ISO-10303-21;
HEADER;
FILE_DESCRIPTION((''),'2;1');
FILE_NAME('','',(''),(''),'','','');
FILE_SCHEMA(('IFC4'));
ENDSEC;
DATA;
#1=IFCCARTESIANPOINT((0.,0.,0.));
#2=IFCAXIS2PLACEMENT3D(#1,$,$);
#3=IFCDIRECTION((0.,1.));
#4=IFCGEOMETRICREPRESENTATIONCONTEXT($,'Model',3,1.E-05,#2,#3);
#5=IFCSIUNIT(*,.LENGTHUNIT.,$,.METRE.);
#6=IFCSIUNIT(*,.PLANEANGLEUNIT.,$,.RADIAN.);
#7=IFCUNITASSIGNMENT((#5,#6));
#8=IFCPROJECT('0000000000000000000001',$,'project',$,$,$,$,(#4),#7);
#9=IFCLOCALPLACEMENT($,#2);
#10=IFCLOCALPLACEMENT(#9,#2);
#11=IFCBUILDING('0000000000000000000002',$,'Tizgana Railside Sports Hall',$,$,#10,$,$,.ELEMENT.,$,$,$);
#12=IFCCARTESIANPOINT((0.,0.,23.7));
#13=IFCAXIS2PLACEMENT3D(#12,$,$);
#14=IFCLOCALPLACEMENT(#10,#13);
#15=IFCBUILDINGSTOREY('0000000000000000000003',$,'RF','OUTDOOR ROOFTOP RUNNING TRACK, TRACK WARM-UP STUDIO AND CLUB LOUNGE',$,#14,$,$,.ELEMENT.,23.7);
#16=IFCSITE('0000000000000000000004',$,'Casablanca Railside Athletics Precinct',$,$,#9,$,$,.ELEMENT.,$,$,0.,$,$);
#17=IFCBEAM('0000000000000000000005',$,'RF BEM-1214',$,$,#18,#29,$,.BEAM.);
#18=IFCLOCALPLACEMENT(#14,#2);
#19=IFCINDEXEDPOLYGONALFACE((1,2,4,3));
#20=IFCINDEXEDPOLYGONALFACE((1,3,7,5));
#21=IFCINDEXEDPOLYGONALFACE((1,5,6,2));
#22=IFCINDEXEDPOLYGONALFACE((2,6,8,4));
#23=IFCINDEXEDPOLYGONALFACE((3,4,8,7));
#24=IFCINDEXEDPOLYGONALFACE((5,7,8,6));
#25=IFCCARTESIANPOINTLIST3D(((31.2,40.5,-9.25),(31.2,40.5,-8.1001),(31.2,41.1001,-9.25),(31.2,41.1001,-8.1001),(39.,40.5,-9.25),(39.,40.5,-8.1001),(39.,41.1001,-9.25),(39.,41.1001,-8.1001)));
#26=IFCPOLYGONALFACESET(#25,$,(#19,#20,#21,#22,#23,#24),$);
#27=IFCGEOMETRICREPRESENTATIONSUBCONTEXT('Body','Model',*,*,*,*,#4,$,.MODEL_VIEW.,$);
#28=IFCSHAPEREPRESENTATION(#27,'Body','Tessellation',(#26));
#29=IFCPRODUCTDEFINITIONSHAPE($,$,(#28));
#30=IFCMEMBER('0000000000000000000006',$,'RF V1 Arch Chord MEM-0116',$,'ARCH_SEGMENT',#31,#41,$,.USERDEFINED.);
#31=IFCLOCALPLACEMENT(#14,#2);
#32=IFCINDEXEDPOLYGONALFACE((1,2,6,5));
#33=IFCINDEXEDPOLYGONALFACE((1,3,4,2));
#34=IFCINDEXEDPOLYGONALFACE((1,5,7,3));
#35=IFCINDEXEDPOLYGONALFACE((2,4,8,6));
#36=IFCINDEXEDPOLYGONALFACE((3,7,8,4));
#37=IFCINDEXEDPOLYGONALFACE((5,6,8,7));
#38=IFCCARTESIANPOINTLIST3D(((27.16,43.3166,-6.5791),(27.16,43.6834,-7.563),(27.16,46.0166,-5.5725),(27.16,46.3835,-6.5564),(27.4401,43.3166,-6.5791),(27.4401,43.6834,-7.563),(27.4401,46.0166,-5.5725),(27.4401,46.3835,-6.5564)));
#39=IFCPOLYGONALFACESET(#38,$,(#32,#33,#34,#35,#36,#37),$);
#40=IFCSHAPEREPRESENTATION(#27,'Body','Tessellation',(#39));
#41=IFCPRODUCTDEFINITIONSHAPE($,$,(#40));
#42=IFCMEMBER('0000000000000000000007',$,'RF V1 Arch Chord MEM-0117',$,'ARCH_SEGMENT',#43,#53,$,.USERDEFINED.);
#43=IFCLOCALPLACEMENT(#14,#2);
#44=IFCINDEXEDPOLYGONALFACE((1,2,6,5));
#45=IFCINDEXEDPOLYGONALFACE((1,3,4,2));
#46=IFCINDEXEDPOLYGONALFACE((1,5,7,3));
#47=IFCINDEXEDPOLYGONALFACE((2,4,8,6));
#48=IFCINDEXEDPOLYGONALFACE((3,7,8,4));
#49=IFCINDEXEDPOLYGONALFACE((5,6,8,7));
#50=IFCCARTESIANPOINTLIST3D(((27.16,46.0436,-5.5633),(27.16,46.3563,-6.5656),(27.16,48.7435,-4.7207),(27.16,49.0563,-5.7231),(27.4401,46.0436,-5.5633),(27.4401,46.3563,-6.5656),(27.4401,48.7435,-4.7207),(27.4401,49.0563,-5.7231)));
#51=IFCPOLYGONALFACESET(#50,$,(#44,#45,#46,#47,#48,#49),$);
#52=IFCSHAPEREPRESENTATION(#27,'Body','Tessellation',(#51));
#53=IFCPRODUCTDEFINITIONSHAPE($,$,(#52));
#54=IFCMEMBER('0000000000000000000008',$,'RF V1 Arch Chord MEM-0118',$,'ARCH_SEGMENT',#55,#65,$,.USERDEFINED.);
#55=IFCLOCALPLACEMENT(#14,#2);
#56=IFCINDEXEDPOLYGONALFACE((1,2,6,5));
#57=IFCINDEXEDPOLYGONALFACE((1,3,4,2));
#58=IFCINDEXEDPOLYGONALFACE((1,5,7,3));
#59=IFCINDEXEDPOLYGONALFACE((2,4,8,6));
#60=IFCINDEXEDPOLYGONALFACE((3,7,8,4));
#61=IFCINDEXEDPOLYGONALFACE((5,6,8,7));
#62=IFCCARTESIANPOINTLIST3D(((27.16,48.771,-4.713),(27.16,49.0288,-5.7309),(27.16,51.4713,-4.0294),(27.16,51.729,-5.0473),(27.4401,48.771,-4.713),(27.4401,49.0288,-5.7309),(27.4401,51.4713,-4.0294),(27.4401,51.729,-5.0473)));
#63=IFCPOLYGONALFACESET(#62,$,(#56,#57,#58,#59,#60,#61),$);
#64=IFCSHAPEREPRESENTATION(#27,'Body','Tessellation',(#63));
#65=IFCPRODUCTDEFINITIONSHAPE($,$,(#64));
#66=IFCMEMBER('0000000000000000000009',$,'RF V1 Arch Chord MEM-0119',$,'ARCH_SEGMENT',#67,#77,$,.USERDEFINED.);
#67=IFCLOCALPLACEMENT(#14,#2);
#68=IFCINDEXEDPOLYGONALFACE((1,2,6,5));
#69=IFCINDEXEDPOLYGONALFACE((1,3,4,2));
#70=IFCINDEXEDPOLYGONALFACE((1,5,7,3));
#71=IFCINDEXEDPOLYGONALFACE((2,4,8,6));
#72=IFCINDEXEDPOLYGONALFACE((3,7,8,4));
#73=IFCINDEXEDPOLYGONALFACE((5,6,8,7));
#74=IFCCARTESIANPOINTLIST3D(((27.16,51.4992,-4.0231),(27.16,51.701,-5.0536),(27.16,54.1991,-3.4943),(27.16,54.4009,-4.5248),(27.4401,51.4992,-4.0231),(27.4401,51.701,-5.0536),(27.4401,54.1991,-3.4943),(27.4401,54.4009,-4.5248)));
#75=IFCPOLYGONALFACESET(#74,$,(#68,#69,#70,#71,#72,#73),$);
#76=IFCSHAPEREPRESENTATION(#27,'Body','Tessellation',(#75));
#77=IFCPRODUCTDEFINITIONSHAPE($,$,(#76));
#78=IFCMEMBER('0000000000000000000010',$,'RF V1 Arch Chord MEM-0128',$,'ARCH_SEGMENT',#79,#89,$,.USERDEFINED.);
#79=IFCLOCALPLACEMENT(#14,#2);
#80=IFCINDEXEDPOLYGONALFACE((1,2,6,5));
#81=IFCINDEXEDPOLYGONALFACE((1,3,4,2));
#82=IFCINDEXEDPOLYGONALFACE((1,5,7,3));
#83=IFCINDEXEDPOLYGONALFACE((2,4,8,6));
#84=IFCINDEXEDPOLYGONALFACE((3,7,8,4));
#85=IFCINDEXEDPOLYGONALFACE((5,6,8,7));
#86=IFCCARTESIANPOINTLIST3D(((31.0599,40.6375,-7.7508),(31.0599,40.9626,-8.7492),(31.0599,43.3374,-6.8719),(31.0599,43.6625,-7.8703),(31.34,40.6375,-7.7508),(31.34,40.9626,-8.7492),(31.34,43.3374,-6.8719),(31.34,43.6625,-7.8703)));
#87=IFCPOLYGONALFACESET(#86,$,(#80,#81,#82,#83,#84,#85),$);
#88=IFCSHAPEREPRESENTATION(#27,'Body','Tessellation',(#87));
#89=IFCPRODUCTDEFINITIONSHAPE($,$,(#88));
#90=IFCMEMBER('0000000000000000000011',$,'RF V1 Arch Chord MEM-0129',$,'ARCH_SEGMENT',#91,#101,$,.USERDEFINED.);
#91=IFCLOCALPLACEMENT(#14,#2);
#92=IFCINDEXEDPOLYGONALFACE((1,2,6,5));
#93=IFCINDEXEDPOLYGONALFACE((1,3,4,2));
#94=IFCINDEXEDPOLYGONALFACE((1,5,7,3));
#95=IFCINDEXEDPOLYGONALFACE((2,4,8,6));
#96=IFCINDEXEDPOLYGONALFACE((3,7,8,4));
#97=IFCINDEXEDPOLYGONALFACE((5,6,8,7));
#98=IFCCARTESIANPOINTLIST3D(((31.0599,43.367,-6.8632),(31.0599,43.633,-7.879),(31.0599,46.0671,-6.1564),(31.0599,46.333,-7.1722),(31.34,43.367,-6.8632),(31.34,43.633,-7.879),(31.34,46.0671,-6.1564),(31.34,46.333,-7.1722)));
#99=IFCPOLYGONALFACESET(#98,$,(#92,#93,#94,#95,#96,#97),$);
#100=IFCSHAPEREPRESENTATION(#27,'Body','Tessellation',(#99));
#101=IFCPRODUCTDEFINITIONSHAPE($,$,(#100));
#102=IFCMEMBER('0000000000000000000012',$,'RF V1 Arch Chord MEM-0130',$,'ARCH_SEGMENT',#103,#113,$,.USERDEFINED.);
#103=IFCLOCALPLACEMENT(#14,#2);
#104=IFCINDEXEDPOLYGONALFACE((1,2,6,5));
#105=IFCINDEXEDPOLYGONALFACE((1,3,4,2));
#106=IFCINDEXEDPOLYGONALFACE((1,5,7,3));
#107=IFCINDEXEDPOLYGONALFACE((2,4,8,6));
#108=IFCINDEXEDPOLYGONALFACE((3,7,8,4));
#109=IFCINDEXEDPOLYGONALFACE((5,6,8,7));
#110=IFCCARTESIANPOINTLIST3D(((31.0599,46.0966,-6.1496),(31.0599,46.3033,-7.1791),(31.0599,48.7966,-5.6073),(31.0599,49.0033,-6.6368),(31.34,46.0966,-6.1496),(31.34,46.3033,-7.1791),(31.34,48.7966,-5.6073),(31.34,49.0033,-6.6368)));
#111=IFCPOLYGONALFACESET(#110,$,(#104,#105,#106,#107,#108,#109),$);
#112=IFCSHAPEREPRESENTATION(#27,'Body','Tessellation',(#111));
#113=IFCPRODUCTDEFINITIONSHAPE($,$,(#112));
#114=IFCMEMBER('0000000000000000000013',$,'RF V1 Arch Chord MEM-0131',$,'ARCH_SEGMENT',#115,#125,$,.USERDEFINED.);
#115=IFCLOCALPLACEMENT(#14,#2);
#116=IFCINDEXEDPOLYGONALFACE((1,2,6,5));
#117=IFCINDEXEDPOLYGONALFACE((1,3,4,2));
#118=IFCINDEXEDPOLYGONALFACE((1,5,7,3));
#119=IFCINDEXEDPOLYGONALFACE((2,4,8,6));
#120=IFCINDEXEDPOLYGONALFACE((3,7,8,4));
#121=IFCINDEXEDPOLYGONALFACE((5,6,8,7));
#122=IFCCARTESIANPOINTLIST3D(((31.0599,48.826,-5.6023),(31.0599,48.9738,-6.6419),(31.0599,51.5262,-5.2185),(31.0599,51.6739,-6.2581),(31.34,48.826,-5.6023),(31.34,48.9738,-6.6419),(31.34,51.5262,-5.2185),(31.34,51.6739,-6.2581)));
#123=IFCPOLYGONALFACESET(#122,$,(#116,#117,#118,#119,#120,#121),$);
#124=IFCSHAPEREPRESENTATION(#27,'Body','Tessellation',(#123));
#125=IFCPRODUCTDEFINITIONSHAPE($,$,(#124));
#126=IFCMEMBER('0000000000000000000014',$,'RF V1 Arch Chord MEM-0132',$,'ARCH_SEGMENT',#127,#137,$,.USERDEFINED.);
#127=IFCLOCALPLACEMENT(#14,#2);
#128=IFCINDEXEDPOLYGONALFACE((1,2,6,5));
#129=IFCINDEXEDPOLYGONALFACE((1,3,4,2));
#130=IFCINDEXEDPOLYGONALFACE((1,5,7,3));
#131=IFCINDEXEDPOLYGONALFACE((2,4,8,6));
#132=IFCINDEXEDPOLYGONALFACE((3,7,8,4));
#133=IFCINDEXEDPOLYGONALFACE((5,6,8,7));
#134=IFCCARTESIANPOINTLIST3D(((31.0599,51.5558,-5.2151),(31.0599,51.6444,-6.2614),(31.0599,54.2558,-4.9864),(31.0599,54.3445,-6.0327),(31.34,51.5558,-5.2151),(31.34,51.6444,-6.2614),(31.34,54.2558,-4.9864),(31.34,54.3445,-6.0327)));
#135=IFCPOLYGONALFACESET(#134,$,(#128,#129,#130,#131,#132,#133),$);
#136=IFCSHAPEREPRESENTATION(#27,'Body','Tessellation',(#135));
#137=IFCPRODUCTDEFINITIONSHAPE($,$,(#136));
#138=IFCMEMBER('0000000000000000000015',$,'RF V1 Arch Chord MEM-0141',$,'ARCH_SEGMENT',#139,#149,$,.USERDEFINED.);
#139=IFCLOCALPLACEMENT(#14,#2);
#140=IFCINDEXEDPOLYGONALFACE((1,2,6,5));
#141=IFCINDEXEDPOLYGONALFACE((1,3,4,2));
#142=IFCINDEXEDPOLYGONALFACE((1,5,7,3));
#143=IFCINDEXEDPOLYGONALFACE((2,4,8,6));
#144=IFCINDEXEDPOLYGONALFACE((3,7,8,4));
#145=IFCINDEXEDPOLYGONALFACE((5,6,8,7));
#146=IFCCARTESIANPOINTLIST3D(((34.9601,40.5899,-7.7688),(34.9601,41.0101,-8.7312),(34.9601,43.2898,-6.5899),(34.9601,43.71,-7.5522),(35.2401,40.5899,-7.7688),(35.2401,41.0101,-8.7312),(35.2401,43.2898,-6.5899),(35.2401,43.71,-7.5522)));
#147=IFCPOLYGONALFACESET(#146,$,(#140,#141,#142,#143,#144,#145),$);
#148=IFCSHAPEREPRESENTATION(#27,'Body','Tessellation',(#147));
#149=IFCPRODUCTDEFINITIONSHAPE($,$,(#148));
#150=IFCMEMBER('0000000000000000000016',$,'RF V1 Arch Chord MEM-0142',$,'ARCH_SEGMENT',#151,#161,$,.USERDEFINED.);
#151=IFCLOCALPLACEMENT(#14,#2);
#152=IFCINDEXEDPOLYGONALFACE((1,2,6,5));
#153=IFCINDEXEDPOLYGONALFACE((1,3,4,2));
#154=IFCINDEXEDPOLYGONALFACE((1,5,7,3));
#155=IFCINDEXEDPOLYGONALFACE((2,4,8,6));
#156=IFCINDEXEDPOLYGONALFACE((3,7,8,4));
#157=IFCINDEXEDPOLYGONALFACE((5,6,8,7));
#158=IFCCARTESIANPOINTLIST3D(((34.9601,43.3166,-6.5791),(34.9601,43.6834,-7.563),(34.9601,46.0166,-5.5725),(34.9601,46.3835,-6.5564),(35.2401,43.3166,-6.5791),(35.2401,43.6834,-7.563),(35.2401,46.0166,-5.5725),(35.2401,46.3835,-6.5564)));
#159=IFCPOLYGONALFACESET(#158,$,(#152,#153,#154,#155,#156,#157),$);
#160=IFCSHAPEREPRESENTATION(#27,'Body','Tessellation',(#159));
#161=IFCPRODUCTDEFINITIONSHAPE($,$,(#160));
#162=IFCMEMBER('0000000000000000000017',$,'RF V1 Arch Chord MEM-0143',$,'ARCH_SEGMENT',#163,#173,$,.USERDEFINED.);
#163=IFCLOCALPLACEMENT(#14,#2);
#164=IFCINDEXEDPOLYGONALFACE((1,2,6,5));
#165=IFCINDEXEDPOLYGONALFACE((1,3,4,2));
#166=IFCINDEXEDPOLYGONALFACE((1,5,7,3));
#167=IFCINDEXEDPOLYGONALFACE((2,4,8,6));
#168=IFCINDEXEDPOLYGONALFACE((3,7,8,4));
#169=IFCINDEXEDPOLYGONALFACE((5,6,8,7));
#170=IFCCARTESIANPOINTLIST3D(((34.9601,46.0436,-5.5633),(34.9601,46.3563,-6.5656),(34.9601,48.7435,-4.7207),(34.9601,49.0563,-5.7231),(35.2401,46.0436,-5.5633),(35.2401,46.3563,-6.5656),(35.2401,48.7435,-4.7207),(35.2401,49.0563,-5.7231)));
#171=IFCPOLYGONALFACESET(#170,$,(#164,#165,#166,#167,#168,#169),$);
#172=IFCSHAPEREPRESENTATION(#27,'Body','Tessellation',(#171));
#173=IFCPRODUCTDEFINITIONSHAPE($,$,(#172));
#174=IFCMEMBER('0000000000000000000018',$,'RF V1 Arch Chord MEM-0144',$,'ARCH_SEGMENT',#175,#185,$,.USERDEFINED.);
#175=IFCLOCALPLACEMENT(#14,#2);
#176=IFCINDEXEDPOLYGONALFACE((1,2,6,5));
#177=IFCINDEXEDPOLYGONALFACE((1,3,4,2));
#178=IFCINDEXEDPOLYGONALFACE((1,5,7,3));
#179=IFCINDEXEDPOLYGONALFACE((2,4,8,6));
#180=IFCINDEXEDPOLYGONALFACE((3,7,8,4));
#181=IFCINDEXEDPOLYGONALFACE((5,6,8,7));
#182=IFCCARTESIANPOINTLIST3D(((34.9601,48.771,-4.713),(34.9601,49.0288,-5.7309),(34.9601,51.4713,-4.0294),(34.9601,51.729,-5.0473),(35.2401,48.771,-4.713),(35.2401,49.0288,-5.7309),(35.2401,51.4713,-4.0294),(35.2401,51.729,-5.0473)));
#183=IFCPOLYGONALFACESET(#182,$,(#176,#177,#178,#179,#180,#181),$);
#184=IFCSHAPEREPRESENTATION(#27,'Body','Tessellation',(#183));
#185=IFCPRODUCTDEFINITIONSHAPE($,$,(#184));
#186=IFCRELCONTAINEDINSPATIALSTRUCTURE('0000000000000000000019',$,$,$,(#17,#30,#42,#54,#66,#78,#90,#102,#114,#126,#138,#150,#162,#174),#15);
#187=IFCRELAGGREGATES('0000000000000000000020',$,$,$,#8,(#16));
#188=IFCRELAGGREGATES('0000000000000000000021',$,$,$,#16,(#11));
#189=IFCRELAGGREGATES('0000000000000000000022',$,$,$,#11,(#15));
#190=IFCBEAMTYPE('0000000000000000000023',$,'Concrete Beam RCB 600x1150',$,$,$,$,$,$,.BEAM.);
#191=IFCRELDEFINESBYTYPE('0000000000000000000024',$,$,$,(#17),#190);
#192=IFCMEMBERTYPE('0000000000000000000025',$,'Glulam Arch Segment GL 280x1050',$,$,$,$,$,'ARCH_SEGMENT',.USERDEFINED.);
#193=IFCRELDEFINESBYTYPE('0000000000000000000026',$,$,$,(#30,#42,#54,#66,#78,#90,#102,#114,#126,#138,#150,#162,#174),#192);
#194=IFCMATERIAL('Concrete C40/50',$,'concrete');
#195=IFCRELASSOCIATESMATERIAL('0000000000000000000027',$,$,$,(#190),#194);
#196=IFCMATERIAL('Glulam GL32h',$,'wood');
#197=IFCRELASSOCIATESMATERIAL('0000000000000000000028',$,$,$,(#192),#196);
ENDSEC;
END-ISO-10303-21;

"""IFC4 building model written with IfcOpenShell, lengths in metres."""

from ifc_helpers import new_model, si_unit, direction, frame, origin, origin_2d, place, context, subcontext, project, spatial, rectangle, extrude, material, material_profile, profile_set, type_object, element, save


model = new_model("IFC4")

# Units and contexts
model_context = context("Model", 3, precision=1e-05, world=origin(), true_north=direction((0.0, 1.0)))
body_context = subcontext(model_context, "Body", "Model", "MODEL_VIEW")
ifc_project = project(units=[si_unit("LENGTHUNIT", "METRE"), si_unit("PLANEANGLEUNIT", "RADIAN")], contexts=[model_context])

# Site, building, storey
site_placement = place(None, origin())
site = spatial("IfcSite", under=ifc_project, at=site_placement, Name="Casablanca Railside Athletics Precinct", CompositionType="ELEMENT", RefElevation=0.0)
building_placement = place(site_placement, origin())
building = spatial("IfcBuilding", under=site, at=building_placement, Name="Tizgana Railside Sports Hall", CompositionType="ELEMENT")
storey_placement = place(building_placement, frame((0.0, 0.0, 23.7)))
storey = spatial("IfcBuildingStorey", under=building, at=storey_placement, Name="RF", Description="OUTDOOR ROOFTOP RUNNING TRACK, TRACK WARM-UP STUDIO AND CLUB LOUNGE", CompositionType="ELEMENT", Elevation=23.7)

# Beam
ifc_material_1 = material(Name="Concrete C40/50", Category="concrete")
ifc_material_profile_1 = material_profile(ifc_material_1, rectangle(XDim=0.6001, YDim=1.1499, at=origin_2d()), Name="RCB 600x1150")
ifc_profile_set_1 = profile_set([ifc_material_profile_1], Name="Concrete C40/50")
beam_type = type_object("IfcBeamType", Name="Concrete Beam RCB 600x1150", PredefinedType="BEAM", material=ifc_profile_set_1)
beam_placement = place(storey_placement, frame((31.2, 40.8, -8.675), z_axis=(1.0, 0.0, 0.0), x_axis=(0.0, 1.0, 0.0)))
element("IfcBeam", 1, at=beam_placement, inside=storey, type_object=beam_type, Name="RF BEM-1214", PredefinedType="BEAM", context=body_context, shape_type="SweptSolid", body=[
    extrude(rectangle(XDim=0.6001, YDim=1.1499, at=origin_2d()), origin(), (0.0, 0.0, 1.0), 7.8),
])

# Members
ifc_material_2 = material(Name="Glulam GL32h", Category="wood")
ifc_material_profile_2 = material_profile(ifc_material_2, rectangle(XDim=0.28, YDim=1.05, at=origin_2d()), Name="GL 280x1050")
ifc_profile_set_2 = profile_set([ifc_material_profile_2], Name="Glulam GL32h")
member_type_1 = type_object("IfcMemberType", Name="Glulam Arch Segment GL 280x1050", ElementType="ARCH_SEGMENT", PredefinedType="USERDEFINED", material=ifc_profile_set_2)
member_1_placement = place(storey_placement, frame((27.3, 43.5, -7.071), z_axis=(0.0, 0.936999, 0.349331), x_axis=(-1.0, 0.0, 0.0)))
element("IfcMember", 2, at=member_1_placement, inside=storey, type_object=member_type_1, Name="RF V1 Arch Chord MEM-0116", ObjectType="ARCH_SEGMENT", PredefinedType="USERDEFINED", context=body_context, shape_type="SweptSolid", body=[
    extrude(rectangle(XDim=0.28, YDim=1.05, at=origin_2d()), origin(), (0.0, 0.0, 1.0), 2.8816),
])
member_2_placement = place(storey_placement, frame((27.3, 46.2, -6.0645), z_axis=(0.0, 0.954601, 0.297887), x_axis=(-1.0, 0.0, 0.0)))
element("IfcMember", 3, at=member_2_placement, inside=storey, type_object=member_type_1, Name="RF V1 Arch Chord MEM-0117", ObjectType="ARCH_SEGMENT", PredefinedType="USERDEFINED", context=body_context, shape_type="SweptSolid", body=[
    extrude(rectangle(XDim=0.28, YDim=1.05, at=origin_2d()), origin(), (0.0, 0.0, 1.0), 2.8284),
])
member_3_placement = place(storey_placement, frame((27.3, 48.8999, -5.2219), z_axis=(0.0, 0.969416, 0.245422), x_axis=(-1.0, 0.0, 0.0)))
element("IfcMember", 4, at=member_3_placement, inside=storey, type_object=member_type_1, Name="RF V1 Arch Chord MEM-0118", ObjectType="ARCH_SEGMENT", PredefinedType="USERDEFINED", context=body_context, shape_type="SweptSolid", body=[
    extrude(rectangle(XDim=0.28, YDim=1.05, at=origin_2d()), origin(), (0.0, 0.0, 1.0), 2.7854),
])
member_4_placement = place(storey_placement, frame((27.3, 51.6001, -4.5383), z_axis=(0.0, 0.981354, 0.192207), x_axis=(-1.0, 0.0, 0.0)))
element("IfcMember", 5, at=member_4_placement, inside=storey, type_object=member_type_1, Name="RF V1 Arch Chord MEM-0119", ObjectType="ARCH_SEGMENT", PredefinedType="USERDEFINED", context=body_context, shape_type="SweptSolid", body=[
    extrude(rectangle(XDim=0.28, YDim=1.05, at=origin_2d()), origin(), (0.0, 0.0, 1.0), 2.7512),
])
member_5_placement = place(storey_placement, frame((31.2, 40.8, -8.25), z_axis=(0.0, 0.950887, 0.309539), x_axis=(-1.0, 0.0, 0.0)))
element("IfcMember", 6, at=member_5_placement, inside=storey, type_object=member_type_1, Name="RF V1 Arch Chord MEM-0128", ObjectType="ARCH_SEGMENT", PredefinedType="USERDEFINED", context=body_context, shape_type="SweptSolid", body=[
    extrude(rectangle(XDim=0.28, YDim=1.05, at=origin_2d()), origin(), (0.0, 0.0, 1.0), 2.8394),
])
member_6_placement = place(storey_placement, frame((31.2, 43.5, -7.3711), z_axis=(0.0, 0.967402, 0.253244), x_axis=(-1.0, 0.0, 0.0)))
element("IfcMember", 7, at=member_6_placement, inside=storey, type_object=member_type_1, Name="RF V1 Arch Chord MEM-0129", ObjectType="ARCH_SEGMENT", PredefinedType="USERDEFINED", context=body_context, shape_type="SweptSolid", body=[
    extrude(rectangle(XDim=0.28, YDim=1.05, at=origin_2d()), origin(), (0.0, 0.0, 1.0), 2.791),
])
member_7_placement = place(storey_placement, frame((31.2, 46.2, -6.6643), z_axis=(0.0, 0.980424, 0.1969), x_axis=(-1.0, 0.0, 0.0)))
element("IfcMember", 8, at=member_7_placement, inside=storey, type_object=member_type_1, Name="RF V1 Arch Chord MEM-0130", ObjectType="ARCH_SEGMENT", PredefinedType="USERDEFINED", context=body_context, shape_type="SweptSolid", body=[
    extrude(rectangle(XDim=0.28, YDim=1.05, at=origin_2d()), origin(), (0.0, 0.0, 1.0), 2.7539),
])
member_8_placement = place(storey_placement, frame((31.2, 48.8999, -6.1221), z_axis=(0.0, 0.99005, 0.14072), x_axis=(-1.0, 0.0, 0.0)))
element("IfcMember", 9, at=member_8_placement, inside=storey, type_object=member_type_1, Name="RF V1 Arch Chord MEM-0131", ObjectType="ARCH_SEGMENT", PredefinedType="USERDEFINED", context=body_context, shape_type="SweptSolid", body=[
    extrude(rectangle(XDim=0.28, YDim=1.05, at=origin_2d()), origin(), (0.0, 0.0, 1.0), 2.7273),
])
member_9_placement = place(storey_placement, frame((31.2, 51.6001, -5.7383), z_axis=(0.0, 0.99643, 0.084425), x_axis=(-1.0, 0.0, 0.0)))
element("IfcMember", 10, at=member_9_placement, inside=storey, type_object=member_type_1, Name="RF V1 Arch Chord MEM-0132", ObjectType="ARCH_SEGMENT", PredefinedType="USERDEFINED", context=body_context, shape_type="SweptSolid", body=[
    extrude(rectangle(XDim=0.28, YDim=1.05, at=origin_2d()), origin(), (0.0, 0.0, 1.0), 2.7097),
])
member_10_placement = place(storey_placement, frame((35.1001, 40.8, -8.25), z_axis=(0.0, 0.91644, 0.400171), x_axis=(-1.0, 0.0, 0.0)))
element("IfcMember", 11, at=member_10_placement, inside=storey, type_object=member_type_1, Name="RF V1 Arch Chord MEM-0141", ObjectType="ARCH_SEGMENT", PredefinedType="USERDEFINED", context=body_context, shape_type="SweptSolid", body=[
    extrude(rectangle(XDim=0.28, YDim=1.05, at=origin_2d()), origin(), (0.0, 0.0, 1.0), 2.946),
])
member_11_placement = place(storey_placement, frame((35.1001, 43.5, -7.071), z_axis=(0.0, 0.936999, 0.349331), x_axis=(-1.0, 0.0, 0.0)))
element("IfcMember", 12, at=member_11_placement, inside=storey, type_object=member_type_1, Name="RF V1 Arch Chord MEM-0142", ObjectType="ARCH_SEGMENT", PredefinedType="USERDEFINED", context=body_context, shape_type="SweptSolid", body=[
    extrude(rectangle(XDim=0.28, YDim=1.05, at=origin_2d()), origin(), (0.0, 0.0, 1.0), 2.8816),
])
member_12_placement = place(storey_placement, frame((35.1001, 46.2, -6.0645), z_axis=(0.0, 0.954601, 0.297887), x_axis=(-1.0, 0.0, 0.0)))
element("IfcMember", 13, at=member_12_placement, inside=storey, type_object=member_type_1, Name="RF V1 Arch Chord MEM-0143", ObjectType="ARCH_SEGMENT", PredefinedType="USERDEFINED", context=body_context, shape_type="SweptSolid", body=[
    extrude(rectangle(XDim=0.28, YDim=1.05, at=origin_2d()), origin(), (0.0, 0.0, 1.0), 2.8284),
])
member_13_placement = place(storey_placement, frame((35.1001, 48.8999, -5.2219), z_axis=(0.0, 0.969416, 0.245422), x_axis=(-1.0, 0.0, 0.0)))
element("IfcMember", 14, at=member_13_placement, inside=storey, type_object=member_type_1, Name="RF V1 Arch Chord MEM-0144", ObjectType="ARCH_SEGMENT", PredefinedType="USERDEFINED", context=body_context, shape_type="SweptSolid", body=[
    extrude(rectangle(XDim=0.28, YDim=1.05, at=origin_2d()), origin(), (0.0, 0.0, 1.0), 2.7854),
])

save(model, "model.ifc")
